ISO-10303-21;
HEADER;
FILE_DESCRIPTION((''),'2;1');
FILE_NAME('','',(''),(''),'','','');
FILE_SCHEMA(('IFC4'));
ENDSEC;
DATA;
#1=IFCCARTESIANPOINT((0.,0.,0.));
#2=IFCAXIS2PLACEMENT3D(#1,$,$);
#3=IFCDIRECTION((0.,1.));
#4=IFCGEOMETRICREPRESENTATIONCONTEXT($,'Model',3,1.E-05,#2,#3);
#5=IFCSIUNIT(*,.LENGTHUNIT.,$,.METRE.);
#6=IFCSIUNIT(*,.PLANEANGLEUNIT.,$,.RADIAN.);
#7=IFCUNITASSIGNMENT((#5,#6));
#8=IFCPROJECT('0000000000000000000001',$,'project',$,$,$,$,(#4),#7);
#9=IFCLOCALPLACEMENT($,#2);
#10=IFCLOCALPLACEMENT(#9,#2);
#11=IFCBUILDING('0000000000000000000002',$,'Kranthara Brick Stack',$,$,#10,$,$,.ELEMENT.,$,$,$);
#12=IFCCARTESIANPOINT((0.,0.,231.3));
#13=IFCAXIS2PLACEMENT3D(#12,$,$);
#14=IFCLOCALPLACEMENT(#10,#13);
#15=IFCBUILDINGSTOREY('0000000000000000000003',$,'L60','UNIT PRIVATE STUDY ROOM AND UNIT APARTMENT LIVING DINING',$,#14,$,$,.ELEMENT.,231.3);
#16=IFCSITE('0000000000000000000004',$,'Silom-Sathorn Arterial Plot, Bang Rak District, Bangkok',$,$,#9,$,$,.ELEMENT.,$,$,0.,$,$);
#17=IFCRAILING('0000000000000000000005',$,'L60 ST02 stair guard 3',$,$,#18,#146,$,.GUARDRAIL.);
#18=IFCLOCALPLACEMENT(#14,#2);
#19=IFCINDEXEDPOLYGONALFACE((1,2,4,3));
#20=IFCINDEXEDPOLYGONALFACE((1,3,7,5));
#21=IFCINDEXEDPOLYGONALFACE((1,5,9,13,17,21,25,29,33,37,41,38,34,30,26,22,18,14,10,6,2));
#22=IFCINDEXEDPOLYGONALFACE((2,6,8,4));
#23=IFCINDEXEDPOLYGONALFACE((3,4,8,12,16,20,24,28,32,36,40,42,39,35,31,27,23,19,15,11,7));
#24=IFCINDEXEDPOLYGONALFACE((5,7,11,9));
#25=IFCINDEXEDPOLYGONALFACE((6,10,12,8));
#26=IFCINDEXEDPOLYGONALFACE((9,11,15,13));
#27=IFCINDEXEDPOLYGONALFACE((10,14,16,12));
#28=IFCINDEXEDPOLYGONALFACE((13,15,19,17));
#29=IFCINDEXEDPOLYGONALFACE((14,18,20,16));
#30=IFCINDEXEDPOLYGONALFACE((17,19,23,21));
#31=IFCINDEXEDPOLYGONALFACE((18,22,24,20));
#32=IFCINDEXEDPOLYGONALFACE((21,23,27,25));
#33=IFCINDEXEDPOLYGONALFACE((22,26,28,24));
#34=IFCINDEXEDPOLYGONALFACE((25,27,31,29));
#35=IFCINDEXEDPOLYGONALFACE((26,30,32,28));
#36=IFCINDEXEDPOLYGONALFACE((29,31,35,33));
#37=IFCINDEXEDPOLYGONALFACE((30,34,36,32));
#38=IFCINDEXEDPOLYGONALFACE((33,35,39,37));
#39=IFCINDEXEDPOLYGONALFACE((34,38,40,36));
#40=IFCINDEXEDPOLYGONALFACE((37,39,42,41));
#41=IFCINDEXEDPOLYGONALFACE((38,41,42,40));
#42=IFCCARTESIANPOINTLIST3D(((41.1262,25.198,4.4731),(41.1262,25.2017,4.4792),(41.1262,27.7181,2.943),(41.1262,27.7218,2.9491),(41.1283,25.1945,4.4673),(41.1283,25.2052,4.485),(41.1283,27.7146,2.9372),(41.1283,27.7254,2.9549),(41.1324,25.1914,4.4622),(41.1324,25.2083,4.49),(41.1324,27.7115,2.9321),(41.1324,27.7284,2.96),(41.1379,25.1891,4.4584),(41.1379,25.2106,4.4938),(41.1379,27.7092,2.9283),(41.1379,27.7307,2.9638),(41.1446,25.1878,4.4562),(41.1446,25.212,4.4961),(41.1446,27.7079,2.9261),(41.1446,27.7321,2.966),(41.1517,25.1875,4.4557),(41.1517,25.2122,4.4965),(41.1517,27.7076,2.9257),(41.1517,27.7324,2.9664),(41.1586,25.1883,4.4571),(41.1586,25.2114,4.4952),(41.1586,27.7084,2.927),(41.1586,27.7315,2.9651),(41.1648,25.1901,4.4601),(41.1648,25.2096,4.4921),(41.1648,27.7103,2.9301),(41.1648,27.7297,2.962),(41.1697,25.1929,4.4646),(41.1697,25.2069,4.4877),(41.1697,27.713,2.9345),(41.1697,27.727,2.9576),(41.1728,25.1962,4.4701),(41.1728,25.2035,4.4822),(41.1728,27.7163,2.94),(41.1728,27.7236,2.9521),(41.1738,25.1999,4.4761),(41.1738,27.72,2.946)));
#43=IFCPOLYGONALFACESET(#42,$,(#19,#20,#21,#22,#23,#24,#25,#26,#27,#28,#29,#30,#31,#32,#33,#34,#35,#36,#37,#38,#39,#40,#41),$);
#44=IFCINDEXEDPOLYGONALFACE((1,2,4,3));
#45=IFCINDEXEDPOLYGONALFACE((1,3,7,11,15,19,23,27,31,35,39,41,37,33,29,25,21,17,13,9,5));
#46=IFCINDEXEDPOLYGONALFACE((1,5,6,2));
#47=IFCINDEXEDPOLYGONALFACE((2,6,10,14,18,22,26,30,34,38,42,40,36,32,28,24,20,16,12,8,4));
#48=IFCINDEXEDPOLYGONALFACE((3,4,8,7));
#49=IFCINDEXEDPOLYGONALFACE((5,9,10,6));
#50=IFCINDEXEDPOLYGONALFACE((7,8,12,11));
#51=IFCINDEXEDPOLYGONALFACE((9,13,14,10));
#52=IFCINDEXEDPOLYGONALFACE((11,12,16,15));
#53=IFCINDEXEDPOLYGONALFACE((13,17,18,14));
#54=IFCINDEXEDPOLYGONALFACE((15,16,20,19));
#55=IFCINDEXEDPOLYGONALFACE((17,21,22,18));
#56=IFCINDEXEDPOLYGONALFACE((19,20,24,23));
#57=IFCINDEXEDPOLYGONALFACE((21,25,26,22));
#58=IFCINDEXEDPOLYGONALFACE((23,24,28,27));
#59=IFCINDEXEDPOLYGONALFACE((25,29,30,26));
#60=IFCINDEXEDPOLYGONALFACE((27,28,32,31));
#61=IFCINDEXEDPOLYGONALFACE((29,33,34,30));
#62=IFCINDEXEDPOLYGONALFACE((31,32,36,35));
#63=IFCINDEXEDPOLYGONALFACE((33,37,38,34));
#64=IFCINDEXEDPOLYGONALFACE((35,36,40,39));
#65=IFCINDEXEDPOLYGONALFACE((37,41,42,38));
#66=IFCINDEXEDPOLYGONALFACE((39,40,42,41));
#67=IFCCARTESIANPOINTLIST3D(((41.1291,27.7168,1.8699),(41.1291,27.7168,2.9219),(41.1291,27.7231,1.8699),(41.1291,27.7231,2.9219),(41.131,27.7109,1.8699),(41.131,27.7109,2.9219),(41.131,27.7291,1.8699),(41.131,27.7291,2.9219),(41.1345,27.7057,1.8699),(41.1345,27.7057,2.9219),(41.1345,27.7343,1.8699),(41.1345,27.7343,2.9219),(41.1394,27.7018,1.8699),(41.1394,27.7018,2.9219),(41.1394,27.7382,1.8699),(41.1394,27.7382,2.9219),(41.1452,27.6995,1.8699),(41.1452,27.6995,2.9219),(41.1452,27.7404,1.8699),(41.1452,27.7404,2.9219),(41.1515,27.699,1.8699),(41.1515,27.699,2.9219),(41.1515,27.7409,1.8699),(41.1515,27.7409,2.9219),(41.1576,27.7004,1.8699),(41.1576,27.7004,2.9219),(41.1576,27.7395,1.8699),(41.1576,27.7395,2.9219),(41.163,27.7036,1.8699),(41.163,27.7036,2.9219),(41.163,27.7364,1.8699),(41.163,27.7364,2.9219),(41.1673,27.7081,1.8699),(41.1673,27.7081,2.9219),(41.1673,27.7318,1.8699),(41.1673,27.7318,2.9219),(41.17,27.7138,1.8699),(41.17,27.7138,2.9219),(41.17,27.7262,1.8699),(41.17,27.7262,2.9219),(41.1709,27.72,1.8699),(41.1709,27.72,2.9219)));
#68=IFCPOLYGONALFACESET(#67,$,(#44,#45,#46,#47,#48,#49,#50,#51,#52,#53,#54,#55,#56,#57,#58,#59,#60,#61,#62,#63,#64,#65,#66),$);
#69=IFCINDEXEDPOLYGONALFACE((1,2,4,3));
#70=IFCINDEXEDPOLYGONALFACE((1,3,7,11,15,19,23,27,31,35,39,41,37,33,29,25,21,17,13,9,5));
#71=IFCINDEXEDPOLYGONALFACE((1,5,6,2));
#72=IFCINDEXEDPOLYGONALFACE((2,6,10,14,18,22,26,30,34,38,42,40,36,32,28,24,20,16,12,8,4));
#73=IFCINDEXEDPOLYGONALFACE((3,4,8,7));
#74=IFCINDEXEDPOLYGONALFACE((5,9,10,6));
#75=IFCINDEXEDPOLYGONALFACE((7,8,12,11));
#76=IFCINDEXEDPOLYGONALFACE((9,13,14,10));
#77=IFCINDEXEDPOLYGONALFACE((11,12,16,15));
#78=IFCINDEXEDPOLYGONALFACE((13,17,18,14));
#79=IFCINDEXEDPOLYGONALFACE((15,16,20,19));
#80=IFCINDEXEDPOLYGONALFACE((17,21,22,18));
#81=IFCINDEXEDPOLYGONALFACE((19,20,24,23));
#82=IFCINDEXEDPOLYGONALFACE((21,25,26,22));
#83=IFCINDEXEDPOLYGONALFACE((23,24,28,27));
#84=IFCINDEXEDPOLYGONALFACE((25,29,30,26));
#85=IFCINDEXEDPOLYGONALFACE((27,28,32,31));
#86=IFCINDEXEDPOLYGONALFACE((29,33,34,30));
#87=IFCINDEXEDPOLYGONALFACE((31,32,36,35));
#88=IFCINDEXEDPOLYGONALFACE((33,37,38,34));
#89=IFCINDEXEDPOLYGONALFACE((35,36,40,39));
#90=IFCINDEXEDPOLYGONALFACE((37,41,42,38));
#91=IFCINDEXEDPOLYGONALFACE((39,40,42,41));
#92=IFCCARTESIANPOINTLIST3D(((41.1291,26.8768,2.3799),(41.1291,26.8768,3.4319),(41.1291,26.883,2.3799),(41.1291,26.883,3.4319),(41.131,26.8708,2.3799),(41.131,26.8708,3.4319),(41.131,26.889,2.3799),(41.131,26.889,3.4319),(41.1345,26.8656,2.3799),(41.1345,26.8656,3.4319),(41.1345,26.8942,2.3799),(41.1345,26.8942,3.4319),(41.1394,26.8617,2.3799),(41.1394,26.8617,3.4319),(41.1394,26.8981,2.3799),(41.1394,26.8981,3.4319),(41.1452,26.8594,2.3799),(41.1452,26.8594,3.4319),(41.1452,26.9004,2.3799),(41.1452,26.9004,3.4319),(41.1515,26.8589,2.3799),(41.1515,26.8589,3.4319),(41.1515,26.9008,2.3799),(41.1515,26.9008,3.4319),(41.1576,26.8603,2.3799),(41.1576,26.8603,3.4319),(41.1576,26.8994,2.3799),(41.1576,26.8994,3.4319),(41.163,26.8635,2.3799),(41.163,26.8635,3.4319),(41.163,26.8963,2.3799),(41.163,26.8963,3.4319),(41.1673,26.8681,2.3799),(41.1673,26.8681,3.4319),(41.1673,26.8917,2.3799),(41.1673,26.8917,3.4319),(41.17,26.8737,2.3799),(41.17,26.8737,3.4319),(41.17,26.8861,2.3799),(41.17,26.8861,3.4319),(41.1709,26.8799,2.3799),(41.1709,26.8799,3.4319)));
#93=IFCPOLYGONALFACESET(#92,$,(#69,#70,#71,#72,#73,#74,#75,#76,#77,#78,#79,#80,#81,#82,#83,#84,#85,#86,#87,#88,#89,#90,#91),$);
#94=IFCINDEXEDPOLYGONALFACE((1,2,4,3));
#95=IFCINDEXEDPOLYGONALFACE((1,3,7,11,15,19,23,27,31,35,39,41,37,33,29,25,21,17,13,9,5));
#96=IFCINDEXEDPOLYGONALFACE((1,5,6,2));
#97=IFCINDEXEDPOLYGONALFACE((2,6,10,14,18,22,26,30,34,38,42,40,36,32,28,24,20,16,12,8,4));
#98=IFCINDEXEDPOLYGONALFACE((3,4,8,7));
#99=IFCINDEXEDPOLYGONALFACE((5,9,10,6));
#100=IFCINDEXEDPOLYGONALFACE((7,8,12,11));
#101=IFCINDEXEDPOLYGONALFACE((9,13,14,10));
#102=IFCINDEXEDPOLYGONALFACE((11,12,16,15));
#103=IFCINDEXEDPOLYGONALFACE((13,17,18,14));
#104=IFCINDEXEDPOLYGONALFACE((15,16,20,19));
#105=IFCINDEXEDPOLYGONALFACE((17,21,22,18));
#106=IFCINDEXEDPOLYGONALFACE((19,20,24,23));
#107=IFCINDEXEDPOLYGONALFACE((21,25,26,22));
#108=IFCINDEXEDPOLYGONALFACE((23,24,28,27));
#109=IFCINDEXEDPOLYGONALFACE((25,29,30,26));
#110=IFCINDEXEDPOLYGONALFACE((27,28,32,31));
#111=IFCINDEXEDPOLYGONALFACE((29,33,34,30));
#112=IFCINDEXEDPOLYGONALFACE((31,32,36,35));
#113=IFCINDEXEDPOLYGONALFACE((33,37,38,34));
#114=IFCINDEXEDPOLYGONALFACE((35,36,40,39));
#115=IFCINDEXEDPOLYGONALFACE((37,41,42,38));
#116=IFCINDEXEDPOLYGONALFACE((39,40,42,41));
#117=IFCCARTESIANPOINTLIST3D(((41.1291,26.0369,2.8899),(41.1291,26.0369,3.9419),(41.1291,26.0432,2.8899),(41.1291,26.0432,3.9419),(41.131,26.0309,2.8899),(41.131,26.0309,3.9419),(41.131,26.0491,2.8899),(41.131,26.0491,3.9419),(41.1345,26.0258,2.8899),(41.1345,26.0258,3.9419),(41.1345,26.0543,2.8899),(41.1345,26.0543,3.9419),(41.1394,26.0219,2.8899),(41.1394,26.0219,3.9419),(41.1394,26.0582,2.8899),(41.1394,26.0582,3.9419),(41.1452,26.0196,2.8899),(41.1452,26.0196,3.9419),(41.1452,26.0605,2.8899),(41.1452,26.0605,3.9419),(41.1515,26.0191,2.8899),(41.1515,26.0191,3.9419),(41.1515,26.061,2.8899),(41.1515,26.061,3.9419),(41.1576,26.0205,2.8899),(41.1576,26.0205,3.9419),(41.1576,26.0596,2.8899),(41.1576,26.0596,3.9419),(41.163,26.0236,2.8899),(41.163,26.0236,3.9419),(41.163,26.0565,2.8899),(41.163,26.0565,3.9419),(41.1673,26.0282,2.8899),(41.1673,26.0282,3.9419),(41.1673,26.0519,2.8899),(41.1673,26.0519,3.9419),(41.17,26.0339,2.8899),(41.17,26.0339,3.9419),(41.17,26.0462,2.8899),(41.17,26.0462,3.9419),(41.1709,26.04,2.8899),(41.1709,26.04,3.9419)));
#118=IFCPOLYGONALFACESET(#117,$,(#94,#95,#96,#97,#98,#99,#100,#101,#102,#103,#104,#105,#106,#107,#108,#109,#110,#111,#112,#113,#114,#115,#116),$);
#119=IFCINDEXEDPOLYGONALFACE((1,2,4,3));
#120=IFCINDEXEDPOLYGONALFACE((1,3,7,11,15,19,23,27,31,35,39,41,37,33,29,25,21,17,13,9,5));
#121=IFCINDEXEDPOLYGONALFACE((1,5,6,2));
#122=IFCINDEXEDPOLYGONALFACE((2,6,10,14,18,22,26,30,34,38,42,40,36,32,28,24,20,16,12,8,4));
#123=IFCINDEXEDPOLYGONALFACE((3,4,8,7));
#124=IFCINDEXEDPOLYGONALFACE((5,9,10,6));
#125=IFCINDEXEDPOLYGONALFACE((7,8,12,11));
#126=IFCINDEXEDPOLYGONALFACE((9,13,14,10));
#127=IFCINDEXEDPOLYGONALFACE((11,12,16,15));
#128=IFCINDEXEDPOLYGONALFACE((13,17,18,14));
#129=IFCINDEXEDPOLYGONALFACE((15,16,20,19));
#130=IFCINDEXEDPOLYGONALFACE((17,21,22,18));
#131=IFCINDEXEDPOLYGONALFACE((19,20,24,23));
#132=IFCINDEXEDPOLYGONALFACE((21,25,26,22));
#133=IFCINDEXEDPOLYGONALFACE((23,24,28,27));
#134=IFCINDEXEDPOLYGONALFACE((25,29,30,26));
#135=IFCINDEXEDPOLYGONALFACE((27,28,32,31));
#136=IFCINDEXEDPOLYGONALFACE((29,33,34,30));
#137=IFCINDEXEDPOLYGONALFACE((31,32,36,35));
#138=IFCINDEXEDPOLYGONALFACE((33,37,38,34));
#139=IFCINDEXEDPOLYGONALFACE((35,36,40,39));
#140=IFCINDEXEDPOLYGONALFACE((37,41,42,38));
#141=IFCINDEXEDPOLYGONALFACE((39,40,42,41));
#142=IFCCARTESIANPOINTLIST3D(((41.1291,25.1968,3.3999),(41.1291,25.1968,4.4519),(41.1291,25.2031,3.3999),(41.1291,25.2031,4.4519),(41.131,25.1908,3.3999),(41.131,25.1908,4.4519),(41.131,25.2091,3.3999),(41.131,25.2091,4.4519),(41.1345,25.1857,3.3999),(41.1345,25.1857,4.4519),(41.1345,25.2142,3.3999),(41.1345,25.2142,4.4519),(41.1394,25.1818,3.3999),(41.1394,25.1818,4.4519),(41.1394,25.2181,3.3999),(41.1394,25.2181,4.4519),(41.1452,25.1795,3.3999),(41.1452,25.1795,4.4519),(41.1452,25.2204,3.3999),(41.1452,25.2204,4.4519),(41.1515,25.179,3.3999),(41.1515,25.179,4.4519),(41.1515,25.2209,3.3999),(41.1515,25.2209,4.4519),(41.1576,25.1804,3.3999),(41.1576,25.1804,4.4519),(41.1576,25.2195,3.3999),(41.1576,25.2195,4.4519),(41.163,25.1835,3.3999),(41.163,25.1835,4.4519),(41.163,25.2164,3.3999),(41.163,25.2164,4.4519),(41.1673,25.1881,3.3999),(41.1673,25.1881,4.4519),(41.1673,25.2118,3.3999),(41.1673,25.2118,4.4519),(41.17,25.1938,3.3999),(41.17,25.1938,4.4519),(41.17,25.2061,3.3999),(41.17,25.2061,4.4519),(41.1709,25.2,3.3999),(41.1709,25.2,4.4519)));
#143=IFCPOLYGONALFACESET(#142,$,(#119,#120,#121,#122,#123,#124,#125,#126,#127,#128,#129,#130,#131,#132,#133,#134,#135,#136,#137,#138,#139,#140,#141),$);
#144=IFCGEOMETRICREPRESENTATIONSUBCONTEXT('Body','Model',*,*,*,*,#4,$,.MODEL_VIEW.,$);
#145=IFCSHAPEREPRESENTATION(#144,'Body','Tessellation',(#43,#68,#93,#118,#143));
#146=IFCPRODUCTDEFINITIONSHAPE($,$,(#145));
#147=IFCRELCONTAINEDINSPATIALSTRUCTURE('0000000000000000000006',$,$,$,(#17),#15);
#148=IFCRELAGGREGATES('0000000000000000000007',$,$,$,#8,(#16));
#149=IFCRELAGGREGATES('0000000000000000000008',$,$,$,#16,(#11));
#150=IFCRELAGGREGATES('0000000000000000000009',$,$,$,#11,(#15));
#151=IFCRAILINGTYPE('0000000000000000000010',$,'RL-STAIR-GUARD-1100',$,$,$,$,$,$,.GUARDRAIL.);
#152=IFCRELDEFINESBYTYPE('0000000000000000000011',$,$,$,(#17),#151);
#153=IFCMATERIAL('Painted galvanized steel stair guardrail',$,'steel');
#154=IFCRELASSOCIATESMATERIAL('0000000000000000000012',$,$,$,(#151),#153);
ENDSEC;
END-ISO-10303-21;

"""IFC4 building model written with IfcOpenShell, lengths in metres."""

from ifc_helpers import new_model, si_unit, direction, frame, origin, origin_2d, place, context, subcontext, project, spatial, circle, extrude, material, type_object, element, save


model = new_model("IFC4")

# Units and contexts
model_context = context("Model", 3, precision=1e-05, world=origin(), true_north=direction((0.0, 1.0)))
body_context = subcontext(model_context, "Body", "Model", "MODEL_VIEW")
ifc_project = project(units=[si_unit("LENGTHUNIT", "METRE"), si_unit("PLANEANGLEUNIT", "RADIAN")], contexts=[model_context])

# Site, building, storey
site_placement = place(None, origin())
site = spatial("IfcSite", under=ifc_project, at=site_placement, Name="Silom-Sathorn Arterial Plot, Bang Rak District, Bangkok", CompositionType="ELEMENT", RefElevation=0.0)
building_placement = place(site_placement, origin())
building = spatial("IfcBuilding", under=site, at=building_placement, Name="Kranthara Brick Stack", CompositionType="ELEMENT")
storey_placement = place(building_placement, frame((0.0, 0.0, 231.3)))
storey = spatial("IfcBuildingStorey", under=building, at=storey_placement, Name="L60", Description="UNIT PRIVATE STUDY ROOM AND UNIT APARTMENT LIVING DINING", CompositionType="ELEMENT", Elevation=231.3)

# Railing
ifc_material_1 = material(Name="Painted galvanized steel stair guardrail", Category="steel")
railing_type_1 = type_object("IfcRailingType", Name="RL-STAIR-GUARD-1100", PredefinedType="GUARDRAIL", material=ifc_material_1)
railing_1_placement = place(storey_placement, frame((41.1499, 27.72, 1.8699)))
element("IfcRailing", 1, at=railing_1_placement, inside=storey, type_object=railing_type_1, Name="L60 ST02 stair guard 3", PredefinedType="GUARDRAIL", context=body_context, shape_type="SweptSolid", body=[
    extrude(circle(Radius=0.0239, at=origin_2d()), frame((0.0, 0.0, 1.0762), z_axis=(0.0, -0.854785, 0.518982), x_axis=(1.0, 0.0, 0.0)), (0.0, 0.0, 1.0), 2.9482),
    extrude(circle(Radius=0.021, at=origin_2d()), origin(), (0.0, 0.0, 1.0), 1.052),
    extrude(circle(Radius=0.021, at=origin_2d()), frame((0.0, -0.8401, 0.51)), (0.0, 0.0, 1.0), 1.052),
    extrude(circle(Radius=0.021, at=origin_2d()), frame((0.0, -1.6799, 1.02)), (0.0, 0.0, 1.0), 1.052),
    extrude(circle(Radius=0.021, at=origin_2d()), frame((0.0, -2.52, 1.53)), (0.0, 0.0, 1.0), 1.052),
])

save(model, "model.ifc")
